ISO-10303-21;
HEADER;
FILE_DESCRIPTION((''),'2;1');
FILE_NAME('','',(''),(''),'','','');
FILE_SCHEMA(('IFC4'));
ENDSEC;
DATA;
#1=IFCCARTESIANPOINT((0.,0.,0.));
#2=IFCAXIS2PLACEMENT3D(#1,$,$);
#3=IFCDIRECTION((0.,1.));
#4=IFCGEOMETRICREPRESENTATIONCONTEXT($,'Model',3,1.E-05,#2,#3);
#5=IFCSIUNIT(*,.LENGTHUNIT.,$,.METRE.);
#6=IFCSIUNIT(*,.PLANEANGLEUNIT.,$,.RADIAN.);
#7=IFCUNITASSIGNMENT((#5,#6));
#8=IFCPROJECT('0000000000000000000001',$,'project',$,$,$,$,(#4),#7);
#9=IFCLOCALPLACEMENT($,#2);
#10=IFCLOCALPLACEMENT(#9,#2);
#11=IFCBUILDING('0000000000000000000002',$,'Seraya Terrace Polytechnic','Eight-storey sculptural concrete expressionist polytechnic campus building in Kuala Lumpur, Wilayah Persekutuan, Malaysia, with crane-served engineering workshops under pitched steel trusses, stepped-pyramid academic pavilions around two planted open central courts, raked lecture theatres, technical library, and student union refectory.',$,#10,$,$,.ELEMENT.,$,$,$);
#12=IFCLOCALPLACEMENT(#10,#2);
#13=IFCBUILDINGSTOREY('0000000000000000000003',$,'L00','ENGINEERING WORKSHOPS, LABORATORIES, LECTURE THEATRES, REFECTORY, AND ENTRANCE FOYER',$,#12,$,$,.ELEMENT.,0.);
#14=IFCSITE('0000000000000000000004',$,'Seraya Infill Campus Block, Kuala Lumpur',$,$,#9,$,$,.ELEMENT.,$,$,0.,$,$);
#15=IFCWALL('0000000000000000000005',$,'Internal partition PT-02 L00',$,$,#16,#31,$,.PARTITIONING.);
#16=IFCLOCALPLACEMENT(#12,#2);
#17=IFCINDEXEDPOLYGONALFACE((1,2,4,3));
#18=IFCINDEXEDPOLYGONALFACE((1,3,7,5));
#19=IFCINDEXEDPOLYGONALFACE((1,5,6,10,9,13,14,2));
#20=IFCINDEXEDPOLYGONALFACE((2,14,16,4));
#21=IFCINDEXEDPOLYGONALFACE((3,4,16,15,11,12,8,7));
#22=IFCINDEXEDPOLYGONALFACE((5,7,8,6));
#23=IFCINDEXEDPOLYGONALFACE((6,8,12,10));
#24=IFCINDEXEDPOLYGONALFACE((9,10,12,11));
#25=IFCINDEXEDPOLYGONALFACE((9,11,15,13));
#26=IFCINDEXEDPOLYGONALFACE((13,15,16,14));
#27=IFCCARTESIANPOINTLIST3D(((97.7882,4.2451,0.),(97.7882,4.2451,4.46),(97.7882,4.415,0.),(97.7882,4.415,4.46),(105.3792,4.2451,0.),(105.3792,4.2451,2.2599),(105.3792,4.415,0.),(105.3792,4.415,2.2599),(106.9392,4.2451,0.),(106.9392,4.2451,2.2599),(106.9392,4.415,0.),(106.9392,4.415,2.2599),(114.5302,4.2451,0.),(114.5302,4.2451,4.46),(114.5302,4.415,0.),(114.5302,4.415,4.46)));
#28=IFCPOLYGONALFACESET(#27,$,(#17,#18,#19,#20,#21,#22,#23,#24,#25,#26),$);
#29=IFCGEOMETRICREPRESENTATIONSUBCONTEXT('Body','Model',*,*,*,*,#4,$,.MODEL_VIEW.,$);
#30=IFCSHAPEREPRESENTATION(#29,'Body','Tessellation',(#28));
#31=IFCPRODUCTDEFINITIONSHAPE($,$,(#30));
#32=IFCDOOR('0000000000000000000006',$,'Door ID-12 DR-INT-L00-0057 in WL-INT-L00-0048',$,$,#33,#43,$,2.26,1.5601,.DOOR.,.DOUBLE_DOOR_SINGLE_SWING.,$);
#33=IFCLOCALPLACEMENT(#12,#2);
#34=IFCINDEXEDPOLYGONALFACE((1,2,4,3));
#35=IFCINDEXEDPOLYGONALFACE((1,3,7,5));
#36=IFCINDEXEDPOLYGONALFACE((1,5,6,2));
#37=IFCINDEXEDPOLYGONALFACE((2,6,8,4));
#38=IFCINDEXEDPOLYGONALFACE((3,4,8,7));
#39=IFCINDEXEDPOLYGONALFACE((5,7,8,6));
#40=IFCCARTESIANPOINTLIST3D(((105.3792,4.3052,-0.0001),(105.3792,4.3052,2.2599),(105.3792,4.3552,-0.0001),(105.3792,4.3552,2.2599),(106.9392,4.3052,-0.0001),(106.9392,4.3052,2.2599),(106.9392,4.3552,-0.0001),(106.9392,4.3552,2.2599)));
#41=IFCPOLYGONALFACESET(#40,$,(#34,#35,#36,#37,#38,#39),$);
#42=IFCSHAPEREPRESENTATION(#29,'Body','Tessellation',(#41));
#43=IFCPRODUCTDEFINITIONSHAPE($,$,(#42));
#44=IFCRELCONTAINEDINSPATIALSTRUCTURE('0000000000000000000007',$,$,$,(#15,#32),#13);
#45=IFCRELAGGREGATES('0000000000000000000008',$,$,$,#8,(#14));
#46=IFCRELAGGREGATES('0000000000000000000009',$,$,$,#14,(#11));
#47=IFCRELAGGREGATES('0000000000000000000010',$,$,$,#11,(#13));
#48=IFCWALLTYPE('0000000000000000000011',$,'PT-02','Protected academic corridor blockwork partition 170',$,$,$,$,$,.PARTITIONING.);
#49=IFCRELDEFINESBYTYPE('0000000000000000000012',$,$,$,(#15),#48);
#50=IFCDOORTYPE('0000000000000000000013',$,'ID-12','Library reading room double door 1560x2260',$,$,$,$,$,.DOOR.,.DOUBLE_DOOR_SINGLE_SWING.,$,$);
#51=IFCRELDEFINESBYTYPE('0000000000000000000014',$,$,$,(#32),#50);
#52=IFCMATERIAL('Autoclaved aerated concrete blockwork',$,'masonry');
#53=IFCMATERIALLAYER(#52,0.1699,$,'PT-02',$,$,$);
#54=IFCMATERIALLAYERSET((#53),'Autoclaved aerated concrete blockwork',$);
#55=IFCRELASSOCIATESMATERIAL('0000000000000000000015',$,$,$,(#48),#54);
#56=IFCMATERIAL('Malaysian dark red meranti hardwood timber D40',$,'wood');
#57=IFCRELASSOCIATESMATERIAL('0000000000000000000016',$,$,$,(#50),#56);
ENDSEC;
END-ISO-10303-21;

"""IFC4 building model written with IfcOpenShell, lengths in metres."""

from ifc_helpers import new_model, si_unit, direction, frame, frame_2d, origin, place, context, subcontext, project, spatial, rectangle, extrude, material, layer, layer_set, type_object, element, fill, save


model = new_model("IFC4")

# Units and contexts
model_context = context("Model", 3, precision=1e-05, world=origin(), true_north=direction((0.0, 1.0)))
body_context = subcontext(model_context, "Body", "Model", "MODEL_VIEW")
ifc_project = project(units=[si_unit("LENGTHUNIT", "METRE"), si_unit("PLANEANGLEUNIT", "RADIAN")], contexts=[model_context])

# Site, building, storey
site_placement = place(None, origin())
site = spatial("IfcSite", under=ifc_project, at=site_placement, Name="Seraya Infill Campus Block, Kuala Lumpur", CompositionType="ELEMENT", RefElevation=0.0)
building_placement = place(site_placement, origin())
building = spatial("IfcBuilding", under=site, at=building_placement, Name="Seraya Terrace Polytechnic", Description="Eight-storey sculptural concrete expressionist polytechnic campus building in Kuala Lumpur, Wilayah Persekutuan, Malaysia, with crane-served engineering workshops under pitched steel trusses, stepped-pyramid academic pavilions around two planted open central courts, raked lecture theatres, technical library, and student union refectory.", CompositionType="ELEMENT")
storey_placement = place(building_placement, origin())
storey = spatial("IfcBuildingStorey", under=building, at=storey_placement, Name="L00", Description="ENGINEERING WORKSHOPS, LABORATORIES, LECTURE THEATRES, REFECTORY, AND ENTRANCE FOYER", CompositionType="ELEMENT", Elevation=0.0)

# Shared definitions
ifc_material_1 = material(Name="Autoclaved aerated concrete blockwork", Category="masonry")
ifc_layer_1 = layer(ifc_material_1, 0.1699, Name="PT-02")
ifc_layer_set_1 = layer_set([ifc_layer_1], Name="Autoclaved aerated concrete blockwork")
wall_type_1 = type_object("IfcWallType", Name="PT-02", Description="Protected academic corridor blockwork partition 170", PredefinedType="PARTITIONING", material=ifc_layer_set_1)

# Wall, opening, door
wall_1_placement = place(storey_placement, frame((97.7881, 4.3301, 0.0), z_axis=(0.0, 0.0, 1.0), x_axis=(1.0, 0.0, 0.0)))
wall_1 = element("IfcWall", 1, at=wall_1_placement, inside=storey, type_object=wall_type_1, Name="Internal partition PT-02 L00", PredefinedType="PARTITIONING", context=body_context, shape_type="SweptSolid", body=[
    extrude(rectangle(XDim=16.7419, YDim=0.1699, at=frame_2d((8.3711, 0.0))), origin(), (0.0, 0.0, 1.0), 4.46),
])
opening_1_placement = place(wall_1_placement, frame((7.5911, 0.0, 0.0)))
opening_1 = element("IfcOpeningElement", 2, at=opening_1_placement, cuts=wall_1, PredefinedType="OPENING", context=body_context, shape_type="SweptSolid", body=[
    extrude(rectangle(XDim=1.5601, YDim=2.26, at=frame_2d((0.78, 1.1299))), frame((0.0, 0.0969, 0.0), z_axis=(0.0, -1.0, 0.0), x_axis=(1.0, 0.0, 0.0)), (0.0, 0.0, 1.0), 0.1938),
])
ifc_material_2 = material(Name="Malaysian dark red meranti hardwood timber D40", Category="wood")
door_type_1 = type_object("IfcDoorType", Name="ID-12", Description="Library reading room double door 1560x2260", OperationType="DOUBLE_DOOR_SINGLE_SWING", PredefinedType="DOOR", material=ifc_material_2)
door_1_placement = place(opening_1_placement, frame((1.5601, 0.0, 0.0), z_axis=(0.0, 0.0, 1.0), x_axis=(-1.0, 0.0, 0.0)))
door_1 = element("IfcDoor", 3, at=door_1_placement, inside=storey, type_object=door_type_1, Name="Door ID-12 DR-INT-L00-0057 in WL-INT-L00-0048", OperationType="DOUBLE_DOOR_SINGLE_SWING", OverallHeight=2.26, OverallWidth=1.5601, PredefinedType="DOOR", context=body_context, shape_type="SweptSolid", body=[
    extrude(rectangle(XDim=1.5601, YDim=2.26, at=frame_2d((0.78, 1.1299))), frame((0.0, 0.0249, 0.0), z_axis=(0.0, -1.0, 0.0), x_axis=(1.0, 0.0, 0.0)), (0.0, 0.0, 1.0), 0.05),
])
fill(opening_1, door_1)

save(model, "model.ifc")
